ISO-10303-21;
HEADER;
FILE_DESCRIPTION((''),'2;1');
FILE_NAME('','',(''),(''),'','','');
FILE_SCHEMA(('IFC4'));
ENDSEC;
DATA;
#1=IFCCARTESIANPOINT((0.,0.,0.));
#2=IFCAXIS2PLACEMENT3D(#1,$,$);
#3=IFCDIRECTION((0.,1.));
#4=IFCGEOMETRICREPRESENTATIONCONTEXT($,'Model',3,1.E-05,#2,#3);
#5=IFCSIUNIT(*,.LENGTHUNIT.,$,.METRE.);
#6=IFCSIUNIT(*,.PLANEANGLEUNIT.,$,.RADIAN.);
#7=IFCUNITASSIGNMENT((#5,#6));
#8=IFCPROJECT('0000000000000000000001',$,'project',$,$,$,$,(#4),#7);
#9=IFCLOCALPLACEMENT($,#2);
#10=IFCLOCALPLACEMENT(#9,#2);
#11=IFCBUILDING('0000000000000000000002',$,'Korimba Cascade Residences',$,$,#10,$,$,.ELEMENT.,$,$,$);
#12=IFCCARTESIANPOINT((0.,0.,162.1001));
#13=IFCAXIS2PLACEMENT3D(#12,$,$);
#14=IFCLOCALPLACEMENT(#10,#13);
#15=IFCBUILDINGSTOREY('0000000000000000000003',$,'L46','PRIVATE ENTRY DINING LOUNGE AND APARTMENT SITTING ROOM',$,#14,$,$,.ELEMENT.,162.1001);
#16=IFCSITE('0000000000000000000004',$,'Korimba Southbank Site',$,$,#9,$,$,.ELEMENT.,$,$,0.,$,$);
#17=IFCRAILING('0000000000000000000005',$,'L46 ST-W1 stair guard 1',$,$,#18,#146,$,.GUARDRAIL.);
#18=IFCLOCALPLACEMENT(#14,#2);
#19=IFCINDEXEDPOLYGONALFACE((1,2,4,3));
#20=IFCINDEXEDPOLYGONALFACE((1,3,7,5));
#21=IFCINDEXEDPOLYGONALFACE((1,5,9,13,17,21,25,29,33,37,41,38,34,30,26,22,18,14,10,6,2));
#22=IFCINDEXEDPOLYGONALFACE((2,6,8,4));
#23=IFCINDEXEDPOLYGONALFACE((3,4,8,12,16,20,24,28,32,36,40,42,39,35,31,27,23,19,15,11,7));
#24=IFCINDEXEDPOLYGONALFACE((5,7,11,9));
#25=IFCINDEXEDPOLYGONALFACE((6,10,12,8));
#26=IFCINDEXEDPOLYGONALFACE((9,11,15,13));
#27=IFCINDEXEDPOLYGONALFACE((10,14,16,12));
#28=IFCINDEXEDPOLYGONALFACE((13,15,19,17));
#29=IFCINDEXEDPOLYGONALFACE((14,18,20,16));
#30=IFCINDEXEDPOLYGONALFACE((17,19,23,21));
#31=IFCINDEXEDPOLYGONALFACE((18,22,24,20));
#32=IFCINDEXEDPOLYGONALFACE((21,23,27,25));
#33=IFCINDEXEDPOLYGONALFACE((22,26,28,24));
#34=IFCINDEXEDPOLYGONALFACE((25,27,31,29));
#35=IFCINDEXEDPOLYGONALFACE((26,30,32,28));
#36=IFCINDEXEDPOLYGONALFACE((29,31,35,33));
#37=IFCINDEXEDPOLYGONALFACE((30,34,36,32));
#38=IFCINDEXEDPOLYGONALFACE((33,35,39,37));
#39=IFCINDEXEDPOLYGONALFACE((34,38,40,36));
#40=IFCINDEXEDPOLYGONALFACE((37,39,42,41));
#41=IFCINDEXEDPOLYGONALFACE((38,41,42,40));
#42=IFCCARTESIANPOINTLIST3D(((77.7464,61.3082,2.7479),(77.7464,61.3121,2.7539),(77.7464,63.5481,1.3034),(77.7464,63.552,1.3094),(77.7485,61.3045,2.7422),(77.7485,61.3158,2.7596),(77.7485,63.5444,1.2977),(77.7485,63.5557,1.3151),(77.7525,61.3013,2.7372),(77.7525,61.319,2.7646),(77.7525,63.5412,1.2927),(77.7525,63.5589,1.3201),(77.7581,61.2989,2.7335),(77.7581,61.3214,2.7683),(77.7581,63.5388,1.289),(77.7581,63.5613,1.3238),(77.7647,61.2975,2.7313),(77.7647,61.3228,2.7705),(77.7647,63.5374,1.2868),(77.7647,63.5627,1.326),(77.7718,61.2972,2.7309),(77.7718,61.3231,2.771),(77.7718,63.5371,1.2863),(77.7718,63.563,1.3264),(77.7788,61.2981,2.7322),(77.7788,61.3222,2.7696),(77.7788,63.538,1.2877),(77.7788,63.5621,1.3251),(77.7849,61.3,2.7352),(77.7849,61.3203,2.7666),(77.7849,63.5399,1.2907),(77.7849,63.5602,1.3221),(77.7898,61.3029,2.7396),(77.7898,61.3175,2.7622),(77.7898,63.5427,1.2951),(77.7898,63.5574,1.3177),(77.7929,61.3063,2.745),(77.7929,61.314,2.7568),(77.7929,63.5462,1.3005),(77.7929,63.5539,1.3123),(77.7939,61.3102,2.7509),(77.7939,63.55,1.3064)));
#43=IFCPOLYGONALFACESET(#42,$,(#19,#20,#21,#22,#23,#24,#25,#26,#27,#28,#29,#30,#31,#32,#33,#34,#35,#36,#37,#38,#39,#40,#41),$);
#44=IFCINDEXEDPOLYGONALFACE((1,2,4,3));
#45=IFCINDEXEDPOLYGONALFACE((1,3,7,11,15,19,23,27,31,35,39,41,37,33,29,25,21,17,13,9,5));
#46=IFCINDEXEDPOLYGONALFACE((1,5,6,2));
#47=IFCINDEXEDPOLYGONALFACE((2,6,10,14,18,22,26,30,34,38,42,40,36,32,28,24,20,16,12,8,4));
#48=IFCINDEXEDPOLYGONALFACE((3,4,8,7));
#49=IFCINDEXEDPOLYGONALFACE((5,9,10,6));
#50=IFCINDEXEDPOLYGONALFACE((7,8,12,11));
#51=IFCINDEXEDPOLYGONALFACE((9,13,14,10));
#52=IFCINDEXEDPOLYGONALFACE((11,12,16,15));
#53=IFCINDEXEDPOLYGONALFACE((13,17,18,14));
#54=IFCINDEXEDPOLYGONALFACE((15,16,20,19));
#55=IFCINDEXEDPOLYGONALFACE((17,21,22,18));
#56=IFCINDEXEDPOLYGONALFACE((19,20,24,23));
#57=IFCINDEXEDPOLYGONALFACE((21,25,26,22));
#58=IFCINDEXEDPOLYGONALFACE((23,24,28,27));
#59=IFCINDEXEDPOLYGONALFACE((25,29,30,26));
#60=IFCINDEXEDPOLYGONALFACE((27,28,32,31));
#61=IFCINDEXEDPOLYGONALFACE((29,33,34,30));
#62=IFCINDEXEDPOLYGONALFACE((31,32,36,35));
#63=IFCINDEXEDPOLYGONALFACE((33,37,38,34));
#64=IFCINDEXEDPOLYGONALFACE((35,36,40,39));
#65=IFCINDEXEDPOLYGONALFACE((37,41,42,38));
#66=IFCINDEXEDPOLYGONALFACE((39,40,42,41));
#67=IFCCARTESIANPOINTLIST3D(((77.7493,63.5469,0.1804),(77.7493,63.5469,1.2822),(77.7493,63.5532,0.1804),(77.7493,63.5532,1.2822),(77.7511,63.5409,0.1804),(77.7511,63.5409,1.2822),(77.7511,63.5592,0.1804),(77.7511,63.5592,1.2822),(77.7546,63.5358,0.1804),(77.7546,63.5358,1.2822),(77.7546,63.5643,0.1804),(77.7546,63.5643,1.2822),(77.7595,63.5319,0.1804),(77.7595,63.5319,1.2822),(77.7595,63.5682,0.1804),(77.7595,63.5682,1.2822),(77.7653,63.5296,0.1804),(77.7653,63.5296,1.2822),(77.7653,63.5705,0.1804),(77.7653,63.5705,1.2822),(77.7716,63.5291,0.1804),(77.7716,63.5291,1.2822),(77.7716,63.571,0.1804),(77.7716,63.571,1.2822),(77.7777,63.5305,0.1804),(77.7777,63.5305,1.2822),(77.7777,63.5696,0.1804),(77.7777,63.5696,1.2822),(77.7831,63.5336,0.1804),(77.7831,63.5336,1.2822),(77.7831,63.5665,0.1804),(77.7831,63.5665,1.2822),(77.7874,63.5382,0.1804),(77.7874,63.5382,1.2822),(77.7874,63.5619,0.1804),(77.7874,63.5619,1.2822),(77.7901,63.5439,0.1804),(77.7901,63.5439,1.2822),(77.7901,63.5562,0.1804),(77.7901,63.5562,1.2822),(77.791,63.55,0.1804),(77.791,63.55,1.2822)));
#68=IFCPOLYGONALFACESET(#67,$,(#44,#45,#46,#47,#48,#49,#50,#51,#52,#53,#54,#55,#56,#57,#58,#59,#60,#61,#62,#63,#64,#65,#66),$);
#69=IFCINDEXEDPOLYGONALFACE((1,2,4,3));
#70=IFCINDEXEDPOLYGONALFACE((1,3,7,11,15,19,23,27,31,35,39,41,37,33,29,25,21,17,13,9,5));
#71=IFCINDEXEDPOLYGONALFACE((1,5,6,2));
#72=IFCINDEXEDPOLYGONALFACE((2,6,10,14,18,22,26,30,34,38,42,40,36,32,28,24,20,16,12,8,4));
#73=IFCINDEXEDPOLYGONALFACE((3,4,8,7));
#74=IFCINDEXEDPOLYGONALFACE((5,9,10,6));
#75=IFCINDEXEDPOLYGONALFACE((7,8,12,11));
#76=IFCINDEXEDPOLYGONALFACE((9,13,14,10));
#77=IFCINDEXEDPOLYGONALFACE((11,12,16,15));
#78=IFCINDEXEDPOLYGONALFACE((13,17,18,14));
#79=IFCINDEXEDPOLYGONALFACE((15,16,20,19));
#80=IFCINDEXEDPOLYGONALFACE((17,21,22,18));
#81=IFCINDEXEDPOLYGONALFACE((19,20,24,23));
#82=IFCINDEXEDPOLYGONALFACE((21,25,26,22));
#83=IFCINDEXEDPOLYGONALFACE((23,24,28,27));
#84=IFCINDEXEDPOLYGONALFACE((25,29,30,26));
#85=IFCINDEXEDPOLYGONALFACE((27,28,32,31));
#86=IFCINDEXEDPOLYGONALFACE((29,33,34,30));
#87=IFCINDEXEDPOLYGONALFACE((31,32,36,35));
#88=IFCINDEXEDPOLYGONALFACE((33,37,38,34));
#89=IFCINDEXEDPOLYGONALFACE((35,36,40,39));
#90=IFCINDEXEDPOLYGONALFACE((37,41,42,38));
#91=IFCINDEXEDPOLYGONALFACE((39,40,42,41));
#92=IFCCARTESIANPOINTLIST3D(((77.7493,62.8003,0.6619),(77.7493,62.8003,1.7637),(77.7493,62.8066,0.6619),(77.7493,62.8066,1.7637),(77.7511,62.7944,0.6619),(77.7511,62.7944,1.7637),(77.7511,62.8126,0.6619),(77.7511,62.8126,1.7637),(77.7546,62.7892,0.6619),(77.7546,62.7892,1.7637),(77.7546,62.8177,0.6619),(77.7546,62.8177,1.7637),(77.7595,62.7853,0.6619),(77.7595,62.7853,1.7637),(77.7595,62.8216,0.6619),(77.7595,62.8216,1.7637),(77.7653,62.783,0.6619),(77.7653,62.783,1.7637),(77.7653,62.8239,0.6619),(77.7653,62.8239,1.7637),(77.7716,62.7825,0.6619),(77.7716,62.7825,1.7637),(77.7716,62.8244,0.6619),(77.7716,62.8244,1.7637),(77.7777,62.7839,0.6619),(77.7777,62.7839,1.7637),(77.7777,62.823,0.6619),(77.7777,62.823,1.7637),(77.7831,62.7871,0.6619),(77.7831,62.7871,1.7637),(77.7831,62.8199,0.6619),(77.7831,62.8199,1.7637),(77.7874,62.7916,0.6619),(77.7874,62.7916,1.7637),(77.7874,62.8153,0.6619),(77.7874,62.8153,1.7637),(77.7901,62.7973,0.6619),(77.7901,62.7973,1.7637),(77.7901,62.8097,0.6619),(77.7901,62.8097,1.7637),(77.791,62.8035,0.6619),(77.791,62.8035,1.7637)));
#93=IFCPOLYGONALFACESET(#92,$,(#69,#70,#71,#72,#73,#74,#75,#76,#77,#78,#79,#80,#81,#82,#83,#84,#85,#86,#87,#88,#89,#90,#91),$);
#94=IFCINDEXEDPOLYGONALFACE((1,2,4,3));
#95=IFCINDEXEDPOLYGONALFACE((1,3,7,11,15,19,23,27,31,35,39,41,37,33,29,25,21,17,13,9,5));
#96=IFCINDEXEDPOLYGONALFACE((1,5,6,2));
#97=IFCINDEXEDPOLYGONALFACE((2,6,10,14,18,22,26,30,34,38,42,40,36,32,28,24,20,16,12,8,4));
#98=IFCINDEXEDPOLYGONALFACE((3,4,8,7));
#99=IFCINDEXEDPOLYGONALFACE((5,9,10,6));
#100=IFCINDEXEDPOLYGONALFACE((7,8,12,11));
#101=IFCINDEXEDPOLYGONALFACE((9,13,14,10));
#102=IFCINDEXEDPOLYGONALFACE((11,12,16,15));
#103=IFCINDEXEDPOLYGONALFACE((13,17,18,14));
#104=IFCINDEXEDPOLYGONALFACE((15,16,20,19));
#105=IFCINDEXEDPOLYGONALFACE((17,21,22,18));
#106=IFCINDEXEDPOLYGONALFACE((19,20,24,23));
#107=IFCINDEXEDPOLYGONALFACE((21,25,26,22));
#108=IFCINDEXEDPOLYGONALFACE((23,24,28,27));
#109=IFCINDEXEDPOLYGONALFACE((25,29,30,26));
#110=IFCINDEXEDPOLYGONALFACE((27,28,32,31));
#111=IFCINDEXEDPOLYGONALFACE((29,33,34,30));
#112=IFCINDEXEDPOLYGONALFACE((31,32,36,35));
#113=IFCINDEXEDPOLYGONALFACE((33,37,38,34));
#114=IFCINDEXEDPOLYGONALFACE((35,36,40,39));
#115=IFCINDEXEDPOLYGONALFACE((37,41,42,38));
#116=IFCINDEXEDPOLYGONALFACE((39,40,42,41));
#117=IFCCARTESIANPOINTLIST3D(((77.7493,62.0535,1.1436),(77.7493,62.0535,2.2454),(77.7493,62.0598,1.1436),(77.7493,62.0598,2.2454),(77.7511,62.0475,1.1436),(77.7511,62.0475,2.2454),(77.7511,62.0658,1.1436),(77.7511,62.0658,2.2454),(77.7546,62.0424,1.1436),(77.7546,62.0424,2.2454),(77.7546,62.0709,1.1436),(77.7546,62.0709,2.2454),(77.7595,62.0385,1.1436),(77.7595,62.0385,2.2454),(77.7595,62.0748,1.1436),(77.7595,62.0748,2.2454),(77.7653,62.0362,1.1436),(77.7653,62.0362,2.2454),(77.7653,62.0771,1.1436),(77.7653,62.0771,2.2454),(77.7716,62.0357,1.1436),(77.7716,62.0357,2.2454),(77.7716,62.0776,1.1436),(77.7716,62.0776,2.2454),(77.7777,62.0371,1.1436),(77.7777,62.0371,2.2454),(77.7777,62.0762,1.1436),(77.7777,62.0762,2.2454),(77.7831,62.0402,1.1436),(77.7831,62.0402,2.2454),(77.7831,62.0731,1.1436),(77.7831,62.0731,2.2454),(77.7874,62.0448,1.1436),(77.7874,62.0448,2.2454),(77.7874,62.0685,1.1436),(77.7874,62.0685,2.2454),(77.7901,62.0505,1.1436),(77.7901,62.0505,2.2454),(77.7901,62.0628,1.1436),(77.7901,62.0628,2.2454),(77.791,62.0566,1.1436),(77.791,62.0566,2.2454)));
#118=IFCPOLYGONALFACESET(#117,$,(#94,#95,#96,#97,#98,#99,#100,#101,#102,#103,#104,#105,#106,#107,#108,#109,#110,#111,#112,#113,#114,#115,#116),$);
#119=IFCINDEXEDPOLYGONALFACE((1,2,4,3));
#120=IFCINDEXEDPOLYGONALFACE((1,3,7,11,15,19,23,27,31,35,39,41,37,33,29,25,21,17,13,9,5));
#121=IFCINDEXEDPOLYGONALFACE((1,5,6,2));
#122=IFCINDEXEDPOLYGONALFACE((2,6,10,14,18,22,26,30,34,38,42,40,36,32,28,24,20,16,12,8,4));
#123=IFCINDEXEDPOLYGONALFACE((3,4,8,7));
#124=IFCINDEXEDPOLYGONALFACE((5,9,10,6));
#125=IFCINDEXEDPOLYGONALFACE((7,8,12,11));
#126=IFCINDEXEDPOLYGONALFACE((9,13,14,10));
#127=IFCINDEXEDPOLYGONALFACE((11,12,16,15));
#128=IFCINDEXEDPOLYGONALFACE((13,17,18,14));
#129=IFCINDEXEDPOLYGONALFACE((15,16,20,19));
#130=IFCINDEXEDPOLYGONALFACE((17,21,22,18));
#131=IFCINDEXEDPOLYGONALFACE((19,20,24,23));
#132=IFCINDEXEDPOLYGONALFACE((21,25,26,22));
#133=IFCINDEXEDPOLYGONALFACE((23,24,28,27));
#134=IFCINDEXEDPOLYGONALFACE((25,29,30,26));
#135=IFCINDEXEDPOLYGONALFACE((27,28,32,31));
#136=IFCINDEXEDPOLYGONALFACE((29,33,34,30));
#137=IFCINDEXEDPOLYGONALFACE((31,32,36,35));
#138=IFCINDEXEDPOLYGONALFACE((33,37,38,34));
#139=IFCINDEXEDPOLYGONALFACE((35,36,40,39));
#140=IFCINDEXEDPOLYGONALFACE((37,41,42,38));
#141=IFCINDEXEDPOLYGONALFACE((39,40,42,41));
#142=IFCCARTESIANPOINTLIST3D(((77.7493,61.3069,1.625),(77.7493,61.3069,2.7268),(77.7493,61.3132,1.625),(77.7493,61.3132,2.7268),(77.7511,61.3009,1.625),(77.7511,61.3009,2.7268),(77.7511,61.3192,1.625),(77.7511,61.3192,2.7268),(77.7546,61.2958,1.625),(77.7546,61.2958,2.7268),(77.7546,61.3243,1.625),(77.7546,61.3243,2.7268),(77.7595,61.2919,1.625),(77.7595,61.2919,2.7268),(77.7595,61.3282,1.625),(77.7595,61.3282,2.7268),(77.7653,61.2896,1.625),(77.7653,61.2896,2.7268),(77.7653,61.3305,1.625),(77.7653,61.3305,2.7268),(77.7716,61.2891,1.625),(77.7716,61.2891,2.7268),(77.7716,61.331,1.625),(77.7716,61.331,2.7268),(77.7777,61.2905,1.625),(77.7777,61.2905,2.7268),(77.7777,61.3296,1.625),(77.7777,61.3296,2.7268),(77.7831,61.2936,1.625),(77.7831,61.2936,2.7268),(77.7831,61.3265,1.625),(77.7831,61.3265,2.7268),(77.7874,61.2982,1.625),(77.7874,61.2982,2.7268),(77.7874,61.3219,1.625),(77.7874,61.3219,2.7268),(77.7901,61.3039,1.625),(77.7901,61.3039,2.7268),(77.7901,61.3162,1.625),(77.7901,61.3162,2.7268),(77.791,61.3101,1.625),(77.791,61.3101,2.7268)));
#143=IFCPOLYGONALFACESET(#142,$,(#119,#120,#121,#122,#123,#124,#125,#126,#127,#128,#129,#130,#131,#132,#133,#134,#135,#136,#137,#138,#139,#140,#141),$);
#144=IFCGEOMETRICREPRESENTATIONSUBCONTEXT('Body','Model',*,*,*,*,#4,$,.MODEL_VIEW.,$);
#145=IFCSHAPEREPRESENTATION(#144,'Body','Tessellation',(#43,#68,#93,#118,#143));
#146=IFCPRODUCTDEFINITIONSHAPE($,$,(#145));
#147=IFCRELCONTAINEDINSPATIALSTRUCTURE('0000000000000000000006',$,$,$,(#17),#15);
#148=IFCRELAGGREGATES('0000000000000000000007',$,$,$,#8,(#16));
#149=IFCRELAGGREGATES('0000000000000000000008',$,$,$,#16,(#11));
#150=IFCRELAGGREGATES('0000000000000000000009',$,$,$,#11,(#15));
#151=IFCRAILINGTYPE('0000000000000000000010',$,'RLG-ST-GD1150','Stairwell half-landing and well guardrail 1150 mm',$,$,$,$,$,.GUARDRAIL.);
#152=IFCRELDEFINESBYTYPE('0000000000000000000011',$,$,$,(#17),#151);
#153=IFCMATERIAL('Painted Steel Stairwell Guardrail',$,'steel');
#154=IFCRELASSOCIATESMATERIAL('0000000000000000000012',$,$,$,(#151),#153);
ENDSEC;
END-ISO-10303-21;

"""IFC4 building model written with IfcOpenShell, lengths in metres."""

from ifc_helpers import new_model, si_unit, direction, frame, origin, origin_2d, place, context, subcontext, project, spatial, circle, extrude, material, type_object, element, save


model = new_model("IFC4")

# Units and contexts
model_context = context("Model", 3, precision=1e-05, world=origin(), true_north=direction((0.0, 1.0)))
body_context = subcontext(model_context, "Body", "Model", "MODEL_VIEW")
ifc_project = project(units=[si_unit("LENGTHUNIT", "METRE"), si_unit("PLANEANGLEUNIT", "RADIAN")], contexts=[model_context])

# Site, building, storey
site_placement = place(None, origin())
site = spatial("IfcSite", under=ifc_project, at=site_placement, Name="Korimba Southbank Site", CompositionType="ELEMENT", RefElevation=0.0)
building_placement = place(site_placement, origin())
building = spatial("IfcBuilding", under=site, at=building_placement, Name="Korimba Cascade Residences", CompositionType="ELEMENT")
storey_placement = place(building_placement, frame((0.0, 0.0, 162.1001)))
storey = spatial("IfcBuildingStorey", under=building, at=storey_placement, Name="L46", Description="PRIVATE ENTRY DINING LOUNGE AND APARTMENT SITTING ROOM", CompositionType="ELEMENT", Elevation=162.1001)

# Railing
ifc_material_1 = material(Name="Painted Steel Stairwell Guardrail", Category="steel")
railing_type_1 = type_object("IfcRailingType", Name="RLG-ST-GD1150", Description="Stairwell half-landing and well guardrail 1150 mm", PredefinedType="GUARDRAIL", material=ifc_material_1)
railing_1_placement = place(storey_placement, frame((77.77, 63.55, 0.1804)))
element("IfcRailing", 1, at=railing_1_placement, inside=storey, type_object=railing_type_1, Name="L46 ST-W1 stair guard 1", PredefinedType="GUARDRAIL", context=body_context, shape_type="SweptSolid", body=[
    extrude(circle(Radius=0.0239, at=origin_2d()), frame((0.0, 0.0, 1.126), z_axis=(0.0, -0.840395, 0.541975), x_axis=(1.0, 0.0, 0.0)), (0.0, 0.0, 1.0), 2.6653),
    extrude(circle(Radius=0.021, at=origin_2d()), origin(), (0.0, 0.0, 1.0), 1.1018),
    extrude(circle(Radius=0.021, at=origin_2d()), frame((0.0, -0.7466, 0.4814)), (0.0, 0.0, 1.0), 1.1018),
    extrude(circle(Radius=0.021, at=origin_2d()), frame((0.0, -1.4934, 0.9631)), (0.0, 0.0, 1.0), 1.1018),
    extrude(circle(Radius=0.021, at=origin_2d()), frame((0.0, -2.24, 1.4446)), (0.0, 0.0, 1.0), 1.1018),
])

save(model, "model.ifc")
